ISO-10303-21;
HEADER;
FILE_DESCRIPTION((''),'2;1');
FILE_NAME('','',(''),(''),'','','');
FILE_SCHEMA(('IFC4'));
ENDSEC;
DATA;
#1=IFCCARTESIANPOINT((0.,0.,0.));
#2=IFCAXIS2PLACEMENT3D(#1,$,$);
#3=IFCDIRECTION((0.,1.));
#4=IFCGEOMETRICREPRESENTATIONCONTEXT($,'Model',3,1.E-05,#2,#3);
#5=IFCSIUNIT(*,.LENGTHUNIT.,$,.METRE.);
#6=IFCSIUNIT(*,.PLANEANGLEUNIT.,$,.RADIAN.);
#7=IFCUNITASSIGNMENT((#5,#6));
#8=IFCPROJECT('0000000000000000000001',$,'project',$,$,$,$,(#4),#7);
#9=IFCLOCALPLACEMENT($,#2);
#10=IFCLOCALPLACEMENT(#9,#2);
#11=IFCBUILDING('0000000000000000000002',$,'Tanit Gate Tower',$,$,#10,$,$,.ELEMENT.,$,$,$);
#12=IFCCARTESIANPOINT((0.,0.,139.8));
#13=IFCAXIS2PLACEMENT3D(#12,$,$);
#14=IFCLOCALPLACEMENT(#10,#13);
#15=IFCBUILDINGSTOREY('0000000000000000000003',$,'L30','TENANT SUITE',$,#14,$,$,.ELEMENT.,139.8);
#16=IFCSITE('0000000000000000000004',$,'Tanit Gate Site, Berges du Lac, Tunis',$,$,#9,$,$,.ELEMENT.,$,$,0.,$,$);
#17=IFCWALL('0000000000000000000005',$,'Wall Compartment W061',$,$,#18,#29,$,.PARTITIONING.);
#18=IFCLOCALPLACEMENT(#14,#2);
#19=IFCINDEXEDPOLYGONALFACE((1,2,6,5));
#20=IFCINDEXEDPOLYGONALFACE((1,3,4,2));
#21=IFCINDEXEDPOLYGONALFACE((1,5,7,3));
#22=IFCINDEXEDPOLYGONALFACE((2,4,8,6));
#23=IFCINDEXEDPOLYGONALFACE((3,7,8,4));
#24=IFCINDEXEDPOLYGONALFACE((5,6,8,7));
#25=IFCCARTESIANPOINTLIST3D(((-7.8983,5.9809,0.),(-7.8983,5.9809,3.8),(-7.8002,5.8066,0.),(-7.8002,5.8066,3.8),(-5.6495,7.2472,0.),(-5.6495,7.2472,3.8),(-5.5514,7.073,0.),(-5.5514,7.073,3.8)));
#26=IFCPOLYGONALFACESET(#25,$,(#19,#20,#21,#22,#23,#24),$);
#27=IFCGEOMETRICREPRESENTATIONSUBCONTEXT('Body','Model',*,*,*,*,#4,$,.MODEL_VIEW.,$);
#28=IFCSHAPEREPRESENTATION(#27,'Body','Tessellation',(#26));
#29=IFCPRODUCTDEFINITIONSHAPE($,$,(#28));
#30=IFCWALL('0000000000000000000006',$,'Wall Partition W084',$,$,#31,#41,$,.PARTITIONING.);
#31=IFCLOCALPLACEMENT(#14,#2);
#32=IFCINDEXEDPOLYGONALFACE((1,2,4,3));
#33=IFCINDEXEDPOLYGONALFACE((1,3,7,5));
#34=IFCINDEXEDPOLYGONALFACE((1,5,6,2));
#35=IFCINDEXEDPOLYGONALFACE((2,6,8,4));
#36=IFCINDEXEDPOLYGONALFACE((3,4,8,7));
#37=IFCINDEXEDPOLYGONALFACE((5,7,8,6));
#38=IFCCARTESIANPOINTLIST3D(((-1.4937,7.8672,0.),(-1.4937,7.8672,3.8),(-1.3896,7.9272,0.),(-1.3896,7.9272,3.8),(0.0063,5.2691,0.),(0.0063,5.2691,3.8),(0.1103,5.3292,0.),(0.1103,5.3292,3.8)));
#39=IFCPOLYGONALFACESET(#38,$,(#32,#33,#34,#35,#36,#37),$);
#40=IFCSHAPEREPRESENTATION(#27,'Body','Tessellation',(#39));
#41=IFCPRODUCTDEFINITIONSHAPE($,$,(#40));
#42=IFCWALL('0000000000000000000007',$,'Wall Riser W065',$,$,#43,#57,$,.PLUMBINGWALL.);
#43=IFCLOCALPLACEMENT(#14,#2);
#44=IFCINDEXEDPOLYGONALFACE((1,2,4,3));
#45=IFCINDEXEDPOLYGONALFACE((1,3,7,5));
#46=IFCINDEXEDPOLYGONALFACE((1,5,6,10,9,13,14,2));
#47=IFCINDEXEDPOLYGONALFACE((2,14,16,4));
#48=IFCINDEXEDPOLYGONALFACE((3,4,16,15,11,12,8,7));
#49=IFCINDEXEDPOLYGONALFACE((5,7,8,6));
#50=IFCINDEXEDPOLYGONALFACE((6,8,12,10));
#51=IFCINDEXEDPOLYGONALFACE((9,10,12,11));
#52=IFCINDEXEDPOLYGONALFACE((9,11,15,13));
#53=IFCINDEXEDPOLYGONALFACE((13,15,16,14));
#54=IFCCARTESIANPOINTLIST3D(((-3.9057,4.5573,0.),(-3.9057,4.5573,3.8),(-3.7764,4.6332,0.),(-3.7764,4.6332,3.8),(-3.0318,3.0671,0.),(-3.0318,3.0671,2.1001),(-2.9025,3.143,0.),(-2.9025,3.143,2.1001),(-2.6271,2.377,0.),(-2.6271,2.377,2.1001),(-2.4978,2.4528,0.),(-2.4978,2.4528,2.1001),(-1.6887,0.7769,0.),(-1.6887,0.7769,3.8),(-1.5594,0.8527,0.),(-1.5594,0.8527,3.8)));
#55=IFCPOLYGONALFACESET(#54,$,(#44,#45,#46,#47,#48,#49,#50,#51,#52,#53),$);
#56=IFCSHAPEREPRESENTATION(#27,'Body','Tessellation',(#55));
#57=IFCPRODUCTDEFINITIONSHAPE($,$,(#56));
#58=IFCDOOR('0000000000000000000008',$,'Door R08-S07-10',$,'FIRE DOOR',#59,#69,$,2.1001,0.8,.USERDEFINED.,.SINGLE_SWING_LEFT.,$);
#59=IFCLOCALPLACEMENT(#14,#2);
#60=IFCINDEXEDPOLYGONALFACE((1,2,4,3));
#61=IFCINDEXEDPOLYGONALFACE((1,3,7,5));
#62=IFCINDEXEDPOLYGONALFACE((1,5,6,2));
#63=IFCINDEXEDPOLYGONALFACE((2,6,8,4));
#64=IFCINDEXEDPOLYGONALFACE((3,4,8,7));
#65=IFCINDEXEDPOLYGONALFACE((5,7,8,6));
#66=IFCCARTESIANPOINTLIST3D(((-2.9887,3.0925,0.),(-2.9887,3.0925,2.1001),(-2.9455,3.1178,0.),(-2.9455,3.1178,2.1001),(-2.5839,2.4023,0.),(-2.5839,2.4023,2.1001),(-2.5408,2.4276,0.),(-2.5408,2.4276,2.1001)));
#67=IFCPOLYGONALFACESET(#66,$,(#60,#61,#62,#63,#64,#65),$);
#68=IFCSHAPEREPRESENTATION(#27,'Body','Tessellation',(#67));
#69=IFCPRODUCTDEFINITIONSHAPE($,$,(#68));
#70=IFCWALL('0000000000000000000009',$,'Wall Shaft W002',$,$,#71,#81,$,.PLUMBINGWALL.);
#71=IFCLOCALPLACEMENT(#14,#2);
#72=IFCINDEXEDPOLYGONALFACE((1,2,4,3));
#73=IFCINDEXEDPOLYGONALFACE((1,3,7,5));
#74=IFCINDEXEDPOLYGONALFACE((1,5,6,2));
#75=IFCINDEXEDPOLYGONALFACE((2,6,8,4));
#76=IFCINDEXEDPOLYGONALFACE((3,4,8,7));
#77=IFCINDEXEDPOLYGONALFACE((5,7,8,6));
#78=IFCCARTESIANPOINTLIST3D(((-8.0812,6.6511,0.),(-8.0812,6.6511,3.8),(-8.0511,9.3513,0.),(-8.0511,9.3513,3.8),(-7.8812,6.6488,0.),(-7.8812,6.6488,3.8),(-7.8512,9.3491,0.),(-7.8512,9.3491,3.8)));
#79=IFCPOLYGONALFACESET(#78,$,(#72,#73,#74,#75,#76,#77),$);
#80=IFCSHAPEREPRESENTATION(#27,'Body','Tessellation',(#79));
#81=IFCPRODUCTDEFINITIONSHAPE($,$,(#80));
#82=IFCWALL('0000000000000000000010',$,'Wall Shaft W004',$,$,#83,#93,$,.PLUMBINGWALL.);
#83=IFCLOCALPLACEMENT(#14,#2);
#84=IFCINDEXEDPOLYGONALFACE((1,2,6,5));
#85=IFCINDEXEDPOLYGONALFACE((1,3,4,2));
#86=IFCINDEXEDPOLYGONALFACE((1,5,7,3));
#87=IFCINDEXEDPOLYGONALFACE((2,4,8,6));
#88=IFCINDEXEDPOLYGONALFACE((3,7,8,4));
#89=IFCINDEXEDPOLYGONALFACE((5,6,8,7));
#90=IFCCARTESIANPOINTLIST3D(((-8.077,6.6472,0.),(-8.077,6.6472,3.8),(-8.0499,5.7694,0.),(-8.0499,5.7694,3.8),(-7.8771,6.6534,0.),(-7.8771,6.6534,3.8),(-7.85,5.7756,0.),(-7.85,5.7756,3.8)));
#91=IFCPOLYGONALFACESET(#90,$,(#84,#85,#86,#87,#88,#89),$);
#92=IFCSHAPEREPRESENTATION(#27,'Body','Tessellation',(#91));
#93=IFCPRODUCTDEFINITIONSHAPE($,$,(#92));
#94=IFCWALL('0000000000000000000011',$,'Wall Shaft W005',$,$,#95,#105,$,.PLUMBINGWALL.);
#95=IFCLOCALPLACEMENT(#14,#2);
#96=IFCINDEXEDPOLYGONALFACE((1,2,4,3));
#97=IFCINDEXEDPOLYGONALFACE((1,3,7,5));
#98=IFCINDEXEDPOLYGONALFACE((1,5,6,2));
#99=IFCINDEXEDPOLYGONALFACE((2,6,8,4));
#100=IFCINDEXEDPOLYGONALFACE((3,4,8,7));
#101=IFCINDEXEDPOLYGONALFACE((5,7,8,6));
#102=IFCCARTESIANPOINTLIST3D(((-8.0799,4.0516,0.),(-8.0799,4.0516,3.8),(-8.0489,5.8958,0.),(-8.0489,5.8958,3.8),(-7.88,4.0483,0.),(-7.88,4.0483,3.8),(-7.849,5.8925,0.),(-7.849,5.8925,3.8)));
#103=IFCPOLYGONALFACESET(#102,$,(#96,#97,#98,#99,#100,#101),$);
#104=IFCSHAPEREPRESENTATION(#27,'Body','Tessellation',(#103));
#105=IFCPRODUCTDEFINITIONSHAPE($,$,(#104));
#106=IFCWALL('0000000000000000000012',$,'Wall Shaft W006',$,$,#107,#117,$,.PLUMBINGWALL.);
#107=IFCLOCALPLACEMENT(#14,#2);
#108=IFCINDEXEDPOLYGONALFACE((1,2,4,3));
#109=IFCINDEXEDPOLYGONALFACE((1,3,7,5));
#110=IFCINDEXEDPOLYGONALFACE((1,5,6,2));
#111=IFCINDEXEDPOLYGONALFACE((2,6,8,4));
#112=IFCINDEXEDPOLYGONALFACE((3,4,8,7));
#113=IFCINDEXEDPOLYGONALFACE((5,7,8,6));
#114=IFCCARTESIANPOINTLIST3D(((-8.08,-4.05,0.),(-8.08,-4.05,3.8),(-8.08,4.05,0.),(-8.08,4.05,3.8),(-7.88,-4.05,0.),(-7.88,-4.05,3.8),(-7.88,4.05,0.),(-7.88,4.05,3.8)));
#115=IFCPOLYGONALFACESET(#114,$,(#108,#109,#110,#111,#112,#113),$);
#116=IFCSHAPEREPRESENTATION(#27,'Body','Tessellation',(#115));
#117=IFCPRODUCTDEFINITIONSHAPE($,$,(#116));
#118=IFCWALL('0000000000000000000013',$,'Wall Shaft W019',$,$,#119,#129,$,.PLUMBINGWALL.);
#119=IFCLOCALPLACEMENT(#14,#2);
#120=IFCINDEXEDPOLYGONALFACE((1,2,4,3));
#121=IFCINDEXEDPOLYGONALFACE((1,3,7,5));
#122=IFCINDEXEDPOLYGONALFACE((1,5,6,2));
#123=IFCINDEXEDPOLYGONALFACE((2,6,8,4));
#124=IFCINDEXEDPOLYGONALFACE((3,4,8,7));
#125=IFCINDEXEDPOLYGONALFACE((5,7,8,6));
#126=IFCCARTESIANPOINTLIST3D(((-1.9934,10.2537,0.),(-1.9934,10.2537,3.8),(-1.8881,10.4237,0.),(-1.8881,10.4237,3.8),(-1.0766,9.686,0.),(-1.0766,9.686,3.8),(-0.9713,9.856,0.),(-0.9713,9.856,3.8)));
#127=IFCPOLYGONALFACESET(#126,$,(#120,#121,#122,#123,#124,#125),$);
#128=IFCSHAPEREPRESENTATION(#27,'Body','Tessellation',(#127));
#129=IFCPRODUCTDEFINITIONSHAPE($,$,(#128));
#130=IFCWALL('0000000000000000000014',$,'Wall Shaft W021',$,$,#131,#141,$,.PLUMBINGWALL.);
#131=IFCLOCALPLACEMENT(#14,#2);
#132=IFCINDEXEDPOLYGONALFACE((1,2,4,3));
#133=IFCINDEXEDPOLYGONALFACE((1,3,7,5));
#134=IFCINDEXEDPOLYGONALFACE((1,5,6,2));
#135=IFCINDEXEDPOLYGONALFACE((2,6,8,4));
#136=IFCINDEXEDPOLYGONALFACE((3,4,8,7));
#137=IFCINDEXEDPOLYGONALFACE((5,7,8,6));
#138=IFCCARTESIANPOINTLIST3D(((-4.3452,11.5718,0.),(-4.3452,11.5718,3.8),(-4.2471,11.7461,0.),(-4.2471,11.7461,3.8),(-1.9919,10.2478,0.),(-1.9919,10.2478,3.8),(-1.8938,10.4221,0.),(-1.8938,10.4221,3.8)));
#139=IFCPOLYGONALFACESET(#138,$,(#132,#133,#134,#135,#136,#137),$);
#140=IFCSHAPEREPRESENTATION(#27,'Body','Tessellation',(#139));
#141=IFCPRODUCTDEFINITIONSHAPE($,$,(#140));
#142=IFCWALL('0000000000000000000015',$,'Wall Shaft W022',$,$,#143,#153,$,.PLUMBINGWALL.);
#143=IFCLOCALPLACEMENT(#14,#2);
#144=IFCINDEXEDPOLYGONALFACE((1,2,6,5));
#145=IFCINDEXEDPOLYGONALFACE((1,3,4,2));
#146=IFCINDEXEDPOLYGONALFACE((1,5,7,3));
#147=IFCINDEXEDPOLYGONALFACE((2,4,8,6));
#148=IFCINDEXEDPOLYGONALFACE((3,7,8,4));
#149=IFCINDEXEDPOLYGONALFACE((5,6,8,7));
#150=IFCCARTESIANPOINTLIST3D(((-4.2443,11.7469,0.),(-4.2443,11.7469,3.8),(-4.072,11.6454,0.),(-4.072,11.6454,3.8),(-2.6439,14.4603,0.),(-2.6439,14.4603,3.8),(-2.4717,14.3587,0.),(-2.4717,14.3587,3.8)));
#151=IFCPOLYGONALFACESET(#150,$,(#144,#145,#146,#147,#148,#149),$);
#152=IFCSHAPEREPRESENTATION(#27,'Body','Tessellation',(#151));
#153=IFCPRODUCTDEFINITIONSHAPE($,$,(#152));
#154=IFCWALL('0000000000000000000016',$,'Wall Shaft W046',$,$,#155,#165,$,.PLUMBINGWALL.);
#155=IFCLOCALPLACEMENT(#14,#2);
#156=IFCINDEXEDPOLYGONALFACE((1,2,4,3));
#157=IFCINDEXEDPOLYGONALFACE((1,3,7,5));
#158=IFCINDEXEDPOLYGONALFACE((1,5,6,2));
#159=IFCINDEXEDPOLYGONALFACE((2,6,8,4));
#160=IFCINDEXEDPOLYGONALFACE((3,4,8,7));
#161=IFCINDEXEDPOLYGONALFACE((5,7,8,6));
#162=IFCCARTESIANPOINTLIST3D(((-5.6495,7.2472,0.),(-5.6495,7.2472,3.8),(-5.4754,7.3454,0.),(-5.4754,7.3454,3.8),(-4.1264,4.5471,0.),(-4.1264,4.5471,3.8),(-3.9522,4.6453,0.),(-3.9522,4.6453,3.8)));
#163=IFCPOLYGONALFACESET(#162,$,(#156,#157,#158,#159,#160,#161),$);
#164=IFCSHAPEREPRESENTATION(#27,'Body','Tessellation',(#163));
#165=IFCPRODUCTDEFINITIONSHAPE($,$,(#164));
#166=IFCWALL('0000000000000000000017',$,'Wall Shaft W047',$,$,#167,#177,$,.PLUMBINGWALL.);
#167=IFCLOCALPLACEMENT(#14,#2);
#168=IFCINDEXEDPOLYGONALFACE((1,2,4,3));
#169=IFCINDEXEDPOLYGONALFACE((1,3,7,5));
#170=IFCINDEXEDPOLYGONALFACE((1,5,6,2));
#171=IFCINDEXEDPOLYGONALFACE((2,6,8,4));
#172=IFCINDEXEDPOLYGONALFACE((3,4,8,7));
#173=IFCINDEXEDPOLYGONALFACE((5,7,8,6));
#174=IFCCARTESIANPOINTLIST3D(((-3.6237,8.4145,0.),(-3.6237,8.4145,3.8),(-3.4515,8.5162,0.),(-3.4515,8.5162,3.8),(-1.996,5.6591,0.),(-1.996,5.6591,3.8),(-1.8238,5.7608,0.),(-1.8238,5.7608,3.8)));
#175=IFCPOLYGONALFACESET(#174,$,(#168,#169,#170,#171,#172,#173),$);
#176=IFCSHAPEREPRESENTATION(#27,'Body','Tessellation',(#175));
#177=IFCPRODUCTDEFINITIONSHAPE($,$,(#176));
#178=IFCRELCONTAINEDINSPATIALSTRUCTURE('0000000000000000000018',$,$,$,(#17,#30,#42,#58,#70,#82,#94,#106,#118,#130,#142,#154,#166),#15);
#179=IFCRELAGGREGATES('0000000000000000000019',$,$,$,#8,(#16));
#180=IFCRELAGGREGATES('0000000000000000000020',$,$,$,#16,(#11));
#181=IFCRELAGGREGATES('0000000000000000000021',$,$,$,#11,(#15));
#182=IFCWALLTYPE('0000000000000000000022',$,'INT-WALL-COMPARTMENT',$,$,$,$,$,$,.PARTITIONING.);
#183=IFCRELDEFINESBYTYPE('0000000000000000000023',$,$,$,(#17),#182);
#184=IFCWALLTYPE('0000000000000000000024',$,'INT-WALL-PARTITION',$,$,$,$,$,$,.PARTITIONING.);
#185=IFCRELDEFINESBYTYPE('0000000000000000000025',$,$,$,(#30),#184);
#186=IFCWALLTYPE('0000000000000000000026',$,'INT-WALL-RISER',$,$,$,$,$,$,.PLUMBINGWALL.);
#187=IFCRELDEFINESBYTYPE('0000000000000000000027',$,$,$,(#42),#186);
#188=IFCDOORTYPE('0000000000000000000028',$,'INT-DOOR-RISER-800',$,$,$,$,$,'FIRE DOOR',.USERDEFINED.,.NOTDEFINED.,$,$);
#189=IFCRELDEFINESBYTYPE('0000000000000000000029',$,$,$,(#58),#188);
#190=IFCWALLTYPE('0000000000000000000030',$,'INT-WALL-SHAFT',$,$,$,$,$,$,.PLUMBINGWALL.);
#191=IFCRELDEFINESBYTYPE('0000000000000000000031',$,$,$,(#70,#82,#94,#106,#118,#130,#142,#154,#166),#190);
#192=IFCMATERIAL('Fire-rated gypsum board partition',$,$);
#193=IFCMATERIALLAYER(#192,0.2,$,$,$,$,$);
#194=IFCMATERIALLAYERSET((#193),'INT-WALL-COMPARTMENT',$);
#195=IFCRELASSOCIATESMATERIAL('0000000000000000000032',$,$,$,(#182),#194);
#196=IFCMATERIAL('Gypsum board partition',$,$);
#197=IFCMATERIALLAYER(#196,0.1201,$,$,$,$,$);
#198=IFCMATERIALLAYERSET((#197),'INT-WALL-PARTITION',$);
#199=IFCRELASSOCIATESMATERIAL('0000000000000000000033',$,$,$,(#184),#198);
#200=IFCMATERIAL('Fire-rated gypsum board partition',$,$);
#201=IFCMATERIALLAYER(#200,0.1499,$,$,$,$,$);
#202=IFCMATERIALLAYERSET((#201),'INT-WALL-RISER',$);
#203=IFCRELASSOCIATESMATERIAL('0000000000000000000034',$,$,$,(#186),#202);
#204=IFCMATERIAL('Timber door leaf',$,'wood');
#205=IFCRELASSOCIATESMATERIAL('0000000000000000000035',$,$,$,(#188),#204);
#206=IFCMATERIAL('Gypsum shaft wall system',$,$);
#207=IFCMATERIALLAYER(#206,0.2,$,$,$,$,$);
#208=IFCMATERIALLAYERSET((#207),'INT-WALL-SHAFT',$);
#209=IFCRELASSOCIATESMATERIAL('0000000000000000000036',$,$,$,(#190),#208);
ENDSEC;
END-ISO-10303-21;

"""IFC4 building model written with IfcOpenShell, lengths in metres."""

from ifc_helpers import new_model, si_unit, direction, frame, frame_2d, origin, place, context, subcontext, project, spatial, rectangle, extrude, material, layer, layer_set, type_object, element, fill, save


model = new_model("IFC4")

# Units and contexts
model_context = context("Model", 3, precision=1e-05, world=origin(), true_north=direction((0.0, 1.0)))
body_context = subcontext(model_context, "Body", "Model", "MODEL_VIEW")
ifc_project = project(units=[si_unit("LENGTHUNIT", "METRE"), si_unit("PLANEANGLEUNIT", "RADIAN")], contexts=[model_context])

# Site, building, storey
site_placement = place(None, origin())
site = spatial("IfcSite", under=ifc_project, at=site_placement, Name="Tanit Gate Site, Berges du Lac, Tunis", CompositionType="ELEMENT", RefElevation=0.0)
building_placement = place(site_placement, origin())
building = spatial("IfcBuilding", under=site, at=building_placement, Name="Tanit Gate Tower", CompositionType="ELEMENT")
storey_placement = place(building_placement, frame((0.0, 0.0, 139.8)))
storey = spatial("IfcBuildingStorey", under=building, at=storey_placement, Name="L30", Description="TENANT SUITE", CompositionType="ELEMENT", Elevation=139.8)

# Walls
ifc_material_1 = material(Name="Fire-rated gypsum board partition")
ifc_layer_1 = layer(ifc_material_1, 0.2)
ifc_layer_set_1 = layer_set([ifc_layer_1], Name="INT-WALL-COMPARTMENT")
wall_type_1 = type_object("IfcWallType", Name="INT-WALL-COMPARTMENT", PredefinedType="PARTITIONING", material=ifc_layer_set_1)
wall_1_placement = place(storey_placement, frame((-5.6003, 7.1602, 0.0), z_axis=(0.0, 0.0, 1.0), x_axis=(-0.87134, -0.490679, 0.0)))
element("IfcWall", 1, at=wall_1_placement, inside=storey, type_object=wall_type_1, Name="Wall Compartment W061", PredefinedType="PARTITIONING", context=body_context, shape_type="SweptSolid", body=[
    extrude(rectangle(XDim=2.5808, YDim=0.2, at=frame_2d((1.2905, 0.0))), origin(), (0.0, 0.0, 1.0), 3.8),
])
ifc_material_2 = material(Name="Gypsum board partition")
ifc_layer_2 = layer(ifc_material_2, 0.1201)
ifc_layer_set_2 = layer_set([ifc_layer_2], Name="INT-WALL-PARTITION")
wall_type_2 = type_object("IfcWallType", Name="INT-WALL-PARTITION", PredefinedType="PARTITIONING", material=ifc_layer_set_2)
wall_2_placement = place(storey_placement, frame((-1.4417, 7.8972, 0.0), z_axis=(0.0, 0.0, 1.0), x_axis=(0.49999, -0.866031, 0.0)))
element("IfcWall", 2, at=wall_2_placement, inside=storey, type_object=wall_type_2, Name="Wall Partition W084", PredefinedType="PARTITIONING", context=body_context, shape_type="SweptSolid", body=[
    extrude(rectangle(XDim=3.0, YDim=0.1201, at=frame_2d((1.5, 0.0))), origin(), (0.0, 0.0, 1.0), 3.8),
])

# Wall, opening, door
ifc_material_3 = material(Name="Fire-rated gypsum board partition")
ifc_layer_3 = layer(ifc_material_3, 0.1499)
ifc_layer_set_3 = layer_set([ifc_layer_3], Name="INT-WALL-RISER")
wall_type_3 = type_object("IfcWallType", Name="INT-WALL-RISER", PredefinedType="PLUMBINGWALL", material=ifc_layer_set_3)
wall_3_placement = place(storey_placement, frame((-1.624, 0.8147, 0.0), z_axis=(0.0, 0.0, 1.0), x_axis=(-0.505868, 0.862611, 0.0)))
wall_3 = element("IfcWall", 3, at=wall_3_placement, inside=storey, type_object=wall_type_3, Name="Wall Riser W065", PredefinedType="PLUMBINGWALL", context=body_context, shape_type="SweptSolid", body=[
    extrude(rectangle(XDim=4.3826, YDim=0.1499, at=frame_2d((2.1914, 0.0))), origin(), (0.0, 0.0, 1.0), 3.8),
])
opening_1_placement = place(wall_3_placement, frame((1.8552, 0.0, 0.0)))
opening_1 = element("IfcOpeningElement", 4, at=opening_1_placement, cuts=wall_3, PredefinedType="OPENING", context=body_context, shape_type="SweptSolid", body=[
    extrude(rectangle(XDim=0.8, YDim=2.1001, at=frame_2d((0.3999, 1.05))), frame((0.0, 0.085, 0.0), z_axis=(0.0, -1.0, 0.0), x_axis=(1.0, 0.0, 0.0)), (0.0, 0.0, 1.0), 0.1699),
])
ifc_material_4 = material(Name="Timber door leaf", Category="wood")
door_type_1 = type_object("IfcDoorType", Name="INT-DOOR-RISER-800", ElementType="FIRE DOOR", OperationType="NOTDEFINED", PredefinedType="USERDEFINED", material=ifc_material_4)
door_1_placement = place(opening_1_placement, origin())
door_1 = element("IfcDoor", 5, at=door_1_placement, inside=storey, type_object=door_type_1, Name="Door R08-S07-10", ObjectType="FIRE DOOR", OperationType="SINGLE_SWING_LEFT", OverallHeight=2.1001, OverallWidth=0.8, PredefinedType="USERDEFINED", context=body_context, shape_type="SweptSolid", body=[
    extrude(rectangle(XDim=0.8, YDim=2.1001, at=frame_2d((0.3999, 1.05))), frame((0.0, 0.0249, 0.0), z_axis=(0.0, -1.0, 0.0), x_axis=(1.0, 0.0, 0.0)), (0.0, 0.0, 1.0), 0.05),
])
fill(opening_1, door_1)

# Walls
ifc_material_5 = material(Name="Gypsum shaft wall system")
ifc_layer_4 = layer(ifc_material_5, 0.2)
ifc_layer_set_4 = layer_set([ifc_layer_4], Name="INT-WALL-SHAFT")
wall_type_4 = type_object("IfcWallType", Name="INT-WALL-SHAFT", PredefinedType="PLUMBINGWALL", material=ifc_layer_set_4)
wall_4_placement = place(storey_placement, frame((-7.9512, 9.3501, 0.0), z_axis=(0.0, 0.0, 1.0), x_axis=(-0.01112, -0.999938, 0.0)))
element("IfcWall", 6, at=wall_4_placement, inside=storey, type_object=wall_type_4, Name="Wall Shaft W002", PredefinedType="PLUMBINGWALL", context=body_context, shape_type="SweptSolid", body=[
    extrude(rectangle(XDim=2.7004, YDim=0.2, at=frame_2d((1.3501, 0.0))), origin(), (0.0, 0.0, 1.0), 3.8),
])
wall_5_placement = place(storey_placement, frame((-7.9771, 6.6501, 0.0), z_axis=(0.0, 0.0, 1.0), x_axis=(0.030862, -0.999524, 0.0)))
element("IfcWall", 7, at=wall_5_placement, inside=storey, type_object=wall_type_4, Name="Wall Shaft W004", PredefinedType="PLUMBINGWALL", context=body_context, shape_type="SweptSolid", body=[
    extrude(rectangle(XDim=0.8782, YDim=0.2, at=frame_2d((0.439, 0.0))), origin(), (0.0, 0.0, 1.0), 3.8),
])
wall_6_placement = place(storey_placement, frame((-7.949, 5.8943, 0.0), z_axis=(0.0, 0.0, 1.0), x_axis=(-0.01681, -0.999859, 0.0)))
element("IfcWall", 8, at=wall_6_placement, inside=storey, type_object=wall_type_4, Name="Wall Shaft W005", PredefinedType="PLUMBINGWALL", context=body_context, shape_type="SweptSolid", body=[
    extrude(rectangle(XDim=1.8445, YDim=0.2, at=frame_2d((0.9224, 0.0))), origin(), (0.0, 0.0, 1.0), 3.8),
])
wall_7_placement = place(storey_placement, frame((-7.98, 4.05, 0.0), z_axis=(0.0, 0.0, 1.0), x_axis=(0.0, -1.0, 0.0)))
element("IfcWall", 9, at=wall_7_placement, inside=storey, type_object=wall_type_4, Name="Wall Shaft W006", PredefinedType="PLUMBINGWALL", context=body_context, shape_type="SweptSolid", body=[
    extrude(rectangle(XDim=8.1001, YDim=0.2, at=frame_2d((4.05, 0.0))), origin(), (0.0, 0.0, 1.0), 3.8),
])
wall_8_placement = place(storey_placement, frame((-1.9407, 10.3386, 0.0), z_axis=(0.0, 0.0, 1.0), x_axis=(0.850217, -0.526433, 0.0)))
element("IfcWall", 10, at=wall_8_placement, inside=storey, type_object=wall_type_4, Name="Wall Shaft W019", PredefinedType="PLUMBINGWALL", context=body_context, shape_type="SweptSolid", body=[
    extrude(rectangle(XDim=1.0784, YDim=0.2, at=frame_2d((0.5391, 0.0))), origin(), (0.0, 0.0, 1.0), 3.8),
])
wall_9_placement = place(storey_placement, frame((-4.2961, 11.6589, 0.0), z_axis=(0.0, 0.0, 1.0), x_axis=(0.871534, -0.490334, 0.0)))
element("IfcWall", 11, at=wall_9_placement, inside=storey, type_object=wall_type_4, Name="Wall Shaft W021", PredefinedType="PLUMBINGWALL", context=body_context, shape_type="SweptSolid", body=[
    extrude(rectangle(XDim=2.7002, YDim=0.2, at=frame_2d((1.3501, 0.0))), origin(), (0.0, 0.0, 1.0), 3.8),
])
wall_10_placement = place(storey_placement, frame((-4.1582, 11.696, 0.0), z_axis=(0.0, 0.0, 1.0), x_axis=(0.508019, 0.861346, 0.0)))
element("IfcWall", 12, at=wall_10_placement, inside=storey, type_object=wall_type_4, Name="Wall Shaft W022", PredefinedType="PLUMBINGWALL", context=body_context, shape_type="SweptSolid", body=[
    extrude(rectangle(XDim=3.1501, YDim=0.2, at=frame_2d((1.5752, 0.0))), origin(), (0.0, 0.0, 1.0), 3.8),
])

# Walls
wall_11_placement = place(storey_placement, frame((-4.0393, 4.5962, 0.0), z_axis=(0.0, 0.0, 1.0), x_axis=(-0.491323, 0.870978, 0.0)))
element("IfcWall", 13, at=wall_11_placement, inside=storey, type_object=wall_type_4, Name="Wall Shaft W046", PredefinedType="PLUMBINGWALL", context=body_context, shape_type="SweptSolid", body=[
    extrude(rectangle(XDim=3.1001, YDim=0.2, at=frame_2d((1.55, 0.0))), origin(), (0.0, 0.0, 1.0), 3.8),
])
wall_12_placement = place(storey_placement, frame((-3.5376, 8.4653, 0.0), z_axis=(0.0, 0.0, 1.0), x_axis=(0.508616, -0.860993, 0.0)))
element("IfcWall", 14, at=wall_12_placement, inside=storey, type_object=wall_type_4, Name="Wall Shaft W047", PredefinedType="PLUMBINGWALL", context=body_context, shape_type="SweptSolid", body=[
    extrude(rectangle(XDim=3.2002, YDim=0.2, at=frame_2d((1.6001, 0.0))), origin(), (0.0, 0.0, 1.0), 3.8),
])

save(model, "model.ifc")
